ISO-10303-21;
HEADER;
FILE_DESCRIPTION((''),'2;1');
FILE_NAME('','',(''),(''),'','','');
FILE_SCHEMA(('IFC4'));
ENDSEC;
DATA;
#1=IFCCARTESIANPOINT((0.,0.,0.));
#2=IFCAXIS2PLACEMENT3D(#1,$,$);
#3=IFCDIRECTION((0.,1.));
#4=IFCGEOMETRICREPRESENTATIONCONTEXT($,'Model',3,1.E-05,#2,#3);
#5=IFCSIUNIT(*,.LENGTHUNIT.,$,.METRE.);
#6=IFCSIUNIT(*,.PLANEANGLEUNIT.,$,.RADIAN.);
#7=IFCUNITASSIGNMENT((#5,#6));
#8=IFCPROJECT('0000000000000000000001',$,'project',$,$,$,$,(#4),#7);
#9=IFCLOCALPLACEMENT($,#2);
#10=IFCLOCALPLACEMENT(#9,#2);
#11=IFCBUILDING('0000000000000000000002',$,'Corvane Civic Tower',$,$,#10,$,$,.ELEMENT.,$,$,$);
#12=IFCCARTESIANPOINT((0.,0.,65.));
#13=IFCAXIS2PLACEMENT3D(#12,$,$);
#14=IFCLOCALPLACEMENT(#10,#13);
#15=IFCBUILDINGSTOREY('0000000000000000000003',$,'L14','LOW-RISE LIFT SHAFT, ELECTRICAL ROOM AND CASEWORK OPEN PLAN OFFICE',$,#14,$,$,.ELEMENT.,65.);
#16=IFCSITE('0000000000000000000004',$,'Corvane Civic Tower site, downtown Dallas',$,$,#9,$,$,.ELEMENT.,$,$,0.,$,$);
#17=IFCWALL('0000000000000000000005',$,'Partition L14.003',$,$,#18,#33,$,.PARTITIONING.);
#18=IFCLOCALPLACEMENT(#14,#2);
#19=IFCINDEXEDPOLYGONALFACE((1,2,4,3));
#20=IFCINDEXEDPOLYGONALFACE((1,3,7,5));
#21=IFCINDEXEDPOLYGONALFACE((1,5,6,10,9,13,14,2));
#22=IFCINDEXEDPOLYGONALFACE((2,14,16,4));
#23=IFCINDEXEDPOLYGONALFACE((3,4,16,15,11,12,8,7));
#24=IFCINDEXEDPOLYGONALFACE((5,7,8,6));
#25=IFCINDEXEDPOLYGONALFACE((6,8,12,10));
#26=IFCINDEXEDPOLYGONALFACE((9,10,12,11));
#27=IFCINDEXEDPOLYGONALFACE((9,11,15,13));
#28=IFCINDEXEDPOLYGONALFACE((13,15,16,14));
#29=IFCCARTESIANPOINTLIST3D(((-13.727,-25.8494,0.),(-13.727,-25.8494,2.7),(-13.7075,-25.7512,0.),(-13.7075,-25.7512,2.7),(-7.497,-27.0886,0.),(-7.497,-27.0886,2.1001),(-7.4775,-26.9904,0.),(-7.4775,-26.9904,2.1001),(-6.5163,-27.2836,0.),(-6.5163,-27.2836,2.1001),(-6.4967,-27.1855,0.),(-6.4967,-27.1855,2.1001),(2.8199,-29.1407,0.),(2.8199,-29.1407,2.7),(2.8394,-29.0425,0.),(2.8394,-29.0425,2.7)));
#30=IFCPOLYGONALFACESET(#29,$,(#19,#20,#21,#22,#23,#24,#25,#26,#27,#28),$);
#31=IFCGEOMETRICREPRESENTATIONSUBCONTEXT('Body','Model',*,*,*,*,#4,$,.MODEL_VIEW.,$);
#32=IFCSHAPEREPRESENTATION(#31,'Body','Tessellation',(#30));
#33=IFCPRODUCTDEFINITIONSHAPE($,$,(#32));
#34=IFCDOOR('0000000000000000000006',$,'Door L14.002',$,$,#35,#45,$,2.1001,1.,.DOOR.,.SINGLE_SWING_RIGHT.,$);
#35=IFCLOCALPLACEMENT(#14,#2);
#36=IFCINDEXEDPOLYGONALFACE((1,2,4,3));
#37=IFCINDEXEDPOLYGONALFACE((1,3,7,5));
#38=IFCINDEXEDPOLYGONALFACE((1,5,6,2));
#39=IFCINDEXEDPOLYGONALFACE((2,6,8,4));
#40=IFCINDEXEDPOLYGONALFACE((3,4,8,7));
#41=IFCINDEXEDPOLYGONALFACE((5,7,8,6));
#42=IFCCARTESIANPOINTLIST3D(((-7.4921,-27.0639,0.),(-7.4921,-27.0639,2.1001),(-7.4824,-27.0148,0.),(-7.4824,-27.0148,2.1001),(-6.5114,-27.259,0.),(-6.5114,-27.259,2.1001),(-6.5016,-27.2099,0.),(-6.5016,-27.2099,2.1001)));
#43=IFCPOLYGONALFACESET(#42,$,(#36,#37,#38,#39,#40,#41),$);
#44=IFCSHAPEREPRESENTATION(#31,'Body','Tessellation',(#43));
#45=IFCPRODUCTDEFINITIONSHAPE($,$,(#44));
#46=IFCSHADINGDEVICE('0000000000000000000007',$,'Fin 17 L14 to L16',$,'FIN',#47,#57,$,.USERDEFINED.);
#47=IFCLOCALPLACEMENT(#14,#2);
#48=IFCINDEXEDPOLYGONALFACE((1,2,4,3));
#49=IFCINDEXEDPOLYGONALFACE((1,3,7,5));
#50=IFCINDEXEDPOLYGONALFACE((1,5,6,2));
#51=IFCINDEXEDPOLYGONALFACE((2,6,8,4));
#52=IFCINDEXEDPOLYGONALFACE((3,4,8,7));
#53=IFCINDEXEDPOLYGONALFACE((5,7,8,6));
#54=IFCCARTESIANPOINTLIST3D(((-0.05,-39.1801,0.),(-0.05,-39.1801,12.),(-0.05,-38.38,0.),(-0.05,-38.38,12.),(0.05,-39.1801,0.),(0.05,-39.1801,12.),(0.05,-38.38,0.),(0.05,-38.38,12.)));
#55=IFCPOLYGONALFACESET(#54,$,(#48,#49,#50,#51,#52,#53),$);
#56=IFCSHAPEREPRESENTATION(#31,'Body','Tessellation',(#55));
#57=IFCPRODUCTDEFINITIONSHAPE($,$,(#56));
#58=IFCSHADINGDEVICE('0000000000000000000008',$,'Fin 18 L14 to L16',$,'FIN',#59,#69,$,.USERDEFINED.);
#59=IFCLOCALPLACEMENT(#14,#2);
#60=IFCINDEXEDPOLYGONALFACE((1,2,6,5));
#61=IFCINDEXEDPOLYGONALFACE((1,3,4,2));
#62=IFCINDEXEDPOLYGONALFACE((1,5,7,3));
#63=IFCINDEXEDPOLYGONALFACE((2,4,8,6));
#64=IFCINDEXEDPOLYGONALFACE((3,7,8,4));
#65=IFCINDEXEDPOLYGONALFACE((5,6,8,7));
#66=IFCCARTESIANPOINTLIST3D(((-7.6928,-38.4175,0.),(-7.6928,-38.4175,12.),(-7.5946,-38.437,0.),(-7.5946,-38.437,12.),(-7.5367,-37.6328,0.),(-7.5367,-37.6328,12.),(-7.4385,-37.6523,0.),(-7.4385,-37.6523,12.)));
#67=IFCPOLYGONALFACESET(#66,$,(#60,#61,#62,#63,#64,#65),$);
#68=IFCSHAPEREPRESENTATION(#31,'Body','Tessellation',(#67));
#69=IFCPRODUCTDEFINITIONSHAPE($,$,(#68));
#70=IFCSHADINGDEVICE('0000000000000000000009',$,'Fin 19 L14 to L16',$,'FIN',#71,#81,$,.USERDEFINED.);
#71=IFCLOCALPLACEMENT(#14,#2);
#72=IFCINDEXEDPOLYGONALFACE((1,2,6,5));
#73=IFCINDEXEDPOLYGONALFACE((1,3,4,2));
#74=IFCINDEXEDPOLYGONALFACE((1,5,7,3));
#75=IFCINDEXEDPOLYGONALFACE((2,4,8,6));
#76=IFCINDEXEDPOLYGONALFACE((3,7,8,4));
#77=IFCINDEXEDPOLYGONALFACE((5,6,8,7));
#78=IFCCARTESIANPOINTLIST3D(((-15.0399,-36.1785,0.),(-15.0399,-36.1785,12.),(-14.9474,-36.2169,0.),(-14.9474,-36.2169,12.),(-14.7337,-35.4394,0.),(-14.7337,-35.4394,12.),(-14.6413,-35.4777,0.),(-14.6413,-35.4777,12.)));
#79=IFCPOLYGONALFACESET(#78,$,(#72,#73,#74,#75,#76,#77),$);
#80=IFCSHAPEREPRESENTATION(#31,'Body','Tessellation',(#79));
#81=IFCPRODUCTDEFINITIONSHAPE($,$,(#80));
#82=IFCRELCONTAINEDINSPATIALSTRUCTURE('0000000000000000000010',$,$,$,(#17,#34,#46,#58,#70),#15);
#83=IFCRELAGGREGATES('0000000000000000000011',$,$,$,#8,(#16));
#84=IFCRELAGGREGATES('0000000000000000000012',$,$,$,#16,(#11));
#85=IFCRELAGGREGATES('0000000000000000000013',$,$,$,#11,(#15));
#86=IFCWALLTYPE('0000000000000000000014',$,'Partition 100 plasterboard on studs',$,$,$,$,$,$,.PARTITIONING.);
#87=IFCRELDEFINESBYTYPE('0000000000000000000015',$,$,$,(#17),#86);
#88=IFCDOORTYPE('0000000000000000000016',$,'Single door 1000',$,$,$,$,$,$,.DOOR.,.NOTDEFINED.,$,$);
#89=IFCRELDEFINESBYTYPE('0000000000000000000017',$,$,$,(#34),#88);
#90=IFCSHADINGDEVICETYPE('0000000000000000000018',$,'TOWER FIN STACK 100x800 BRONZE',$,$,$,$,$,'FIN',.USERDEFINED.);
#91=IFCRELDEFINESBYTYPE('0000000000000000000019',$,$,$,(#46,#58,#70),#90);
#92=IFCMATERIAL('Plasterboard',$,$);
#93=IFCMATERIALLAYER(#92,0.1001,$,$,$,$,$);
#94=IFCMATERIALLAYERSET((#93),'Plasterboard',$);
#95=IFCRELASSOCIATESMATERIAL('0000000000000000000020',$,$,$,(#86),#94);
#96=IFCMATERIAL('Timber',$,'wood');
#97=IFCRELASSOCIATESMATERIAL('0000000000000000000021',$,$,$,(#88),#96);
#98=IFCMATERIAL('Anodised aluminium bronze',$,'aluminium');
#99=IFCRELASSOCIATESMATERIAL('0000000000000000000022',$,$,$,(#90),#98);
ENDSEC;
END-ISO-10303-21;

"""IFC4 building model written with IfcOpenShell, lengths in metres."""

from ifc_helpers import new_model, si_unit, direction, frame, frame_2d, origin, origin_2d, place, context, subcontext, project, spatial, rectangle, extrude, material, layer, layer_set, material_profile, profile_set, type_object, element, fill, save


model = new_model("IFC4")

# Units and contexts
model_context = context("Model", 3, precision=1e-05, world=origin(), true_north=direction((0.0, 1.0)))
body_context = subcontext(model_context, "Body", "Model", "MODEL_VIEW")
ifc_project = project(units=[si_unit("LENGTHUNIT", "METRE"), si_unit("PLANEANGLEUNIT", "RADIAN")], contexts=[model_context])

# Site, building, storey
site_placement = place(None, origin())
site = spatial("IfcSite", under=ifc_project, at=site_placement, Name="Corvane Civic Tower site, downtown Dallas", CompositionType="ELEMENT", RefElevation=0.0)
building_placement = place(site_placement, origin())
building = spatial("IfcBuilding", under=site, at=building_placement, Name="Corvane Civic Tower", CompositionType="ELEMENT")
storey_placement = place(building_placement, frame((0.0, 0.0, 65.0)))
storey = spatial("IfcBuildingStorey", under=building, at=storey_placement, Name="L14", Description="LOW-RISE LIFT SHAFT, ELECTRICAL ROOM AND CASEWORK OPEN PLAN OFFICE", CompositionType="ELEMENT", Elevation=65.0)

# Shared definitions
ifc_material_1 = material(Name="Plasterboard")
ifc_layer_1 = layer(ifc_material_1, 0.1001)
ifc_layer_set_1 = layer_set([ifc_layer_1], Name="Plasterboard")
wall_type = type_object("IfcWallType", Name="Partition 100 plasterboard on studs", PredefinedType="PARTITIONING", material=ifc_layer_set_1)

# Wall, opening, door
wall_1_placement = place(storey_placement, frame((-13.7173, -25.8003, 0.0), z_axis=(0.0, 0.0, 1.0), x_axis=(0.980787, -0.195084, 0.0)))
wall_1 = element("IfcWall", 1, at=wall_1_placement, inside=storey, type_object=wall_type, Name="Partition L14.003", PredefinedType="PARTITIONING", context=body_context, shape_type="SweptSolid", body=[
    extrude(rectangle(XDim=16.8711, YDim=0.1001, at=frame_2d((8.4355, 0.0))), origin(), (0.0, 0.0, 1.0), 2.7),
])
opening_placement = place(wall_1_placement, frame((6.3521, 0.0, 0.0)))
opening = element("IfcOpeningElement", 2, at=opening_placement, cuts=wall_1, PredefinedType="OPENING", context=body_context, shape_type="SweptSolid", body=[
    extrude(rectangle(XDim=1.0, YDim=2.1001, at=frame_2d((0.5, 1.05))), frame((0.0, 0.0601, 0.0), z_axis=(0.0, -1.0, 0.0), x_axis=(1.0, 0.0, 0.0)), (0.0, 0.0, 1.0), 0.1201),
])
ifc_material_2 = material(Name="Timber", Category="wood")
door_type = type_object("IfcDoorType", Name="Single door 1000", OperationType="NOTDEFINED", PredefinedType="DOOR", material=ifc_material_2)
door_placement = place(opening_placement, frame((1.0, 0.0, 0.0), z_axis=(0.0, 0.0, 1.0), x_axis=(-1.0, 0.0, 0.0)))
door = element("IfcDoor", 3, at=door_placement, inside=storey, type_object=door_type, Name="Door L14.002", OperationType="SINGLE_SWING_RIGHT", OverallHeight=2.1001, OverallWidth=1.0, PredefinedType="DOOR", context=body_context, shape_type="SweptSolid", body=[
    extrude(rectangle(XDim=1.0, YDim=2.1001, at=frame_2d((0.5, 1.05))), frame((0.0, 0.0249, 0.0), z_axis=(0.0, -1.0, 0.0), x_axis=(1.0, 0.0, 0.0)), (0.0, 0.0, 1.0), 0.05),
])
fill(opening, door)

# Shading devices
ifc_material_3 = material(Name="Anodised aluminium bronze", Category="aluminium")
ifc_material_profile_1 = material_profile(ifc_material_3, rectangle(XDim=0.1001, YDim=0.8, at=origin_2d()), Name="TOWER FIN STACK 100x800 BRONZE")
ifc_profile_set_1 = profile_set([ifc_material_profile_1], Name="Anodised aluminium bronze")
shading_device_type = type_object("IfcShadingDeviceType", Name="TOWER FIN STACK 100x800 BRONZE", ElementType="FIN", PredefinedType="USERDEFINED", material=ifc_profile_set_1)
for number, where, z_axis, x_axis, name in (
    (4, (0.0, -38.78, 0.0), (0.0, 0.0, 1.0), (-1.0, 0.0, 0.0), "Fin 17 L14 to L16"),
    (5, (-7.5657, -38.0349, 0.0), (0.0, 0.0, 1.0), (-0.980785, 0.19509, 0.0), "Fin 18 L14 to L16"),
    (6, (-14.8406, -35.8281, 0.0), (0.0, 0.0, 1.0), (-0.92388, 0.382683, 0.0), "Fin 19 L14 to L16"),
):
    element("IfcShadingDevice", number, at=place(storey_placement, frame(where, z_axis=z_axis, x_axis=x_axis)), inside=storey, type_object=shading_device_type, Name=name, ObjectType="FIN", PredefinedType="USERDEFINED", context=body_context, shape_type="SweptSolid", body=[
        extrude(rectangle(XDim=0.1001, YDim=0.8, at=origin_2d()), origin(), (0.0, 0.0, 1.0), 12.0),
    ])

save(model, "model.ifc")
